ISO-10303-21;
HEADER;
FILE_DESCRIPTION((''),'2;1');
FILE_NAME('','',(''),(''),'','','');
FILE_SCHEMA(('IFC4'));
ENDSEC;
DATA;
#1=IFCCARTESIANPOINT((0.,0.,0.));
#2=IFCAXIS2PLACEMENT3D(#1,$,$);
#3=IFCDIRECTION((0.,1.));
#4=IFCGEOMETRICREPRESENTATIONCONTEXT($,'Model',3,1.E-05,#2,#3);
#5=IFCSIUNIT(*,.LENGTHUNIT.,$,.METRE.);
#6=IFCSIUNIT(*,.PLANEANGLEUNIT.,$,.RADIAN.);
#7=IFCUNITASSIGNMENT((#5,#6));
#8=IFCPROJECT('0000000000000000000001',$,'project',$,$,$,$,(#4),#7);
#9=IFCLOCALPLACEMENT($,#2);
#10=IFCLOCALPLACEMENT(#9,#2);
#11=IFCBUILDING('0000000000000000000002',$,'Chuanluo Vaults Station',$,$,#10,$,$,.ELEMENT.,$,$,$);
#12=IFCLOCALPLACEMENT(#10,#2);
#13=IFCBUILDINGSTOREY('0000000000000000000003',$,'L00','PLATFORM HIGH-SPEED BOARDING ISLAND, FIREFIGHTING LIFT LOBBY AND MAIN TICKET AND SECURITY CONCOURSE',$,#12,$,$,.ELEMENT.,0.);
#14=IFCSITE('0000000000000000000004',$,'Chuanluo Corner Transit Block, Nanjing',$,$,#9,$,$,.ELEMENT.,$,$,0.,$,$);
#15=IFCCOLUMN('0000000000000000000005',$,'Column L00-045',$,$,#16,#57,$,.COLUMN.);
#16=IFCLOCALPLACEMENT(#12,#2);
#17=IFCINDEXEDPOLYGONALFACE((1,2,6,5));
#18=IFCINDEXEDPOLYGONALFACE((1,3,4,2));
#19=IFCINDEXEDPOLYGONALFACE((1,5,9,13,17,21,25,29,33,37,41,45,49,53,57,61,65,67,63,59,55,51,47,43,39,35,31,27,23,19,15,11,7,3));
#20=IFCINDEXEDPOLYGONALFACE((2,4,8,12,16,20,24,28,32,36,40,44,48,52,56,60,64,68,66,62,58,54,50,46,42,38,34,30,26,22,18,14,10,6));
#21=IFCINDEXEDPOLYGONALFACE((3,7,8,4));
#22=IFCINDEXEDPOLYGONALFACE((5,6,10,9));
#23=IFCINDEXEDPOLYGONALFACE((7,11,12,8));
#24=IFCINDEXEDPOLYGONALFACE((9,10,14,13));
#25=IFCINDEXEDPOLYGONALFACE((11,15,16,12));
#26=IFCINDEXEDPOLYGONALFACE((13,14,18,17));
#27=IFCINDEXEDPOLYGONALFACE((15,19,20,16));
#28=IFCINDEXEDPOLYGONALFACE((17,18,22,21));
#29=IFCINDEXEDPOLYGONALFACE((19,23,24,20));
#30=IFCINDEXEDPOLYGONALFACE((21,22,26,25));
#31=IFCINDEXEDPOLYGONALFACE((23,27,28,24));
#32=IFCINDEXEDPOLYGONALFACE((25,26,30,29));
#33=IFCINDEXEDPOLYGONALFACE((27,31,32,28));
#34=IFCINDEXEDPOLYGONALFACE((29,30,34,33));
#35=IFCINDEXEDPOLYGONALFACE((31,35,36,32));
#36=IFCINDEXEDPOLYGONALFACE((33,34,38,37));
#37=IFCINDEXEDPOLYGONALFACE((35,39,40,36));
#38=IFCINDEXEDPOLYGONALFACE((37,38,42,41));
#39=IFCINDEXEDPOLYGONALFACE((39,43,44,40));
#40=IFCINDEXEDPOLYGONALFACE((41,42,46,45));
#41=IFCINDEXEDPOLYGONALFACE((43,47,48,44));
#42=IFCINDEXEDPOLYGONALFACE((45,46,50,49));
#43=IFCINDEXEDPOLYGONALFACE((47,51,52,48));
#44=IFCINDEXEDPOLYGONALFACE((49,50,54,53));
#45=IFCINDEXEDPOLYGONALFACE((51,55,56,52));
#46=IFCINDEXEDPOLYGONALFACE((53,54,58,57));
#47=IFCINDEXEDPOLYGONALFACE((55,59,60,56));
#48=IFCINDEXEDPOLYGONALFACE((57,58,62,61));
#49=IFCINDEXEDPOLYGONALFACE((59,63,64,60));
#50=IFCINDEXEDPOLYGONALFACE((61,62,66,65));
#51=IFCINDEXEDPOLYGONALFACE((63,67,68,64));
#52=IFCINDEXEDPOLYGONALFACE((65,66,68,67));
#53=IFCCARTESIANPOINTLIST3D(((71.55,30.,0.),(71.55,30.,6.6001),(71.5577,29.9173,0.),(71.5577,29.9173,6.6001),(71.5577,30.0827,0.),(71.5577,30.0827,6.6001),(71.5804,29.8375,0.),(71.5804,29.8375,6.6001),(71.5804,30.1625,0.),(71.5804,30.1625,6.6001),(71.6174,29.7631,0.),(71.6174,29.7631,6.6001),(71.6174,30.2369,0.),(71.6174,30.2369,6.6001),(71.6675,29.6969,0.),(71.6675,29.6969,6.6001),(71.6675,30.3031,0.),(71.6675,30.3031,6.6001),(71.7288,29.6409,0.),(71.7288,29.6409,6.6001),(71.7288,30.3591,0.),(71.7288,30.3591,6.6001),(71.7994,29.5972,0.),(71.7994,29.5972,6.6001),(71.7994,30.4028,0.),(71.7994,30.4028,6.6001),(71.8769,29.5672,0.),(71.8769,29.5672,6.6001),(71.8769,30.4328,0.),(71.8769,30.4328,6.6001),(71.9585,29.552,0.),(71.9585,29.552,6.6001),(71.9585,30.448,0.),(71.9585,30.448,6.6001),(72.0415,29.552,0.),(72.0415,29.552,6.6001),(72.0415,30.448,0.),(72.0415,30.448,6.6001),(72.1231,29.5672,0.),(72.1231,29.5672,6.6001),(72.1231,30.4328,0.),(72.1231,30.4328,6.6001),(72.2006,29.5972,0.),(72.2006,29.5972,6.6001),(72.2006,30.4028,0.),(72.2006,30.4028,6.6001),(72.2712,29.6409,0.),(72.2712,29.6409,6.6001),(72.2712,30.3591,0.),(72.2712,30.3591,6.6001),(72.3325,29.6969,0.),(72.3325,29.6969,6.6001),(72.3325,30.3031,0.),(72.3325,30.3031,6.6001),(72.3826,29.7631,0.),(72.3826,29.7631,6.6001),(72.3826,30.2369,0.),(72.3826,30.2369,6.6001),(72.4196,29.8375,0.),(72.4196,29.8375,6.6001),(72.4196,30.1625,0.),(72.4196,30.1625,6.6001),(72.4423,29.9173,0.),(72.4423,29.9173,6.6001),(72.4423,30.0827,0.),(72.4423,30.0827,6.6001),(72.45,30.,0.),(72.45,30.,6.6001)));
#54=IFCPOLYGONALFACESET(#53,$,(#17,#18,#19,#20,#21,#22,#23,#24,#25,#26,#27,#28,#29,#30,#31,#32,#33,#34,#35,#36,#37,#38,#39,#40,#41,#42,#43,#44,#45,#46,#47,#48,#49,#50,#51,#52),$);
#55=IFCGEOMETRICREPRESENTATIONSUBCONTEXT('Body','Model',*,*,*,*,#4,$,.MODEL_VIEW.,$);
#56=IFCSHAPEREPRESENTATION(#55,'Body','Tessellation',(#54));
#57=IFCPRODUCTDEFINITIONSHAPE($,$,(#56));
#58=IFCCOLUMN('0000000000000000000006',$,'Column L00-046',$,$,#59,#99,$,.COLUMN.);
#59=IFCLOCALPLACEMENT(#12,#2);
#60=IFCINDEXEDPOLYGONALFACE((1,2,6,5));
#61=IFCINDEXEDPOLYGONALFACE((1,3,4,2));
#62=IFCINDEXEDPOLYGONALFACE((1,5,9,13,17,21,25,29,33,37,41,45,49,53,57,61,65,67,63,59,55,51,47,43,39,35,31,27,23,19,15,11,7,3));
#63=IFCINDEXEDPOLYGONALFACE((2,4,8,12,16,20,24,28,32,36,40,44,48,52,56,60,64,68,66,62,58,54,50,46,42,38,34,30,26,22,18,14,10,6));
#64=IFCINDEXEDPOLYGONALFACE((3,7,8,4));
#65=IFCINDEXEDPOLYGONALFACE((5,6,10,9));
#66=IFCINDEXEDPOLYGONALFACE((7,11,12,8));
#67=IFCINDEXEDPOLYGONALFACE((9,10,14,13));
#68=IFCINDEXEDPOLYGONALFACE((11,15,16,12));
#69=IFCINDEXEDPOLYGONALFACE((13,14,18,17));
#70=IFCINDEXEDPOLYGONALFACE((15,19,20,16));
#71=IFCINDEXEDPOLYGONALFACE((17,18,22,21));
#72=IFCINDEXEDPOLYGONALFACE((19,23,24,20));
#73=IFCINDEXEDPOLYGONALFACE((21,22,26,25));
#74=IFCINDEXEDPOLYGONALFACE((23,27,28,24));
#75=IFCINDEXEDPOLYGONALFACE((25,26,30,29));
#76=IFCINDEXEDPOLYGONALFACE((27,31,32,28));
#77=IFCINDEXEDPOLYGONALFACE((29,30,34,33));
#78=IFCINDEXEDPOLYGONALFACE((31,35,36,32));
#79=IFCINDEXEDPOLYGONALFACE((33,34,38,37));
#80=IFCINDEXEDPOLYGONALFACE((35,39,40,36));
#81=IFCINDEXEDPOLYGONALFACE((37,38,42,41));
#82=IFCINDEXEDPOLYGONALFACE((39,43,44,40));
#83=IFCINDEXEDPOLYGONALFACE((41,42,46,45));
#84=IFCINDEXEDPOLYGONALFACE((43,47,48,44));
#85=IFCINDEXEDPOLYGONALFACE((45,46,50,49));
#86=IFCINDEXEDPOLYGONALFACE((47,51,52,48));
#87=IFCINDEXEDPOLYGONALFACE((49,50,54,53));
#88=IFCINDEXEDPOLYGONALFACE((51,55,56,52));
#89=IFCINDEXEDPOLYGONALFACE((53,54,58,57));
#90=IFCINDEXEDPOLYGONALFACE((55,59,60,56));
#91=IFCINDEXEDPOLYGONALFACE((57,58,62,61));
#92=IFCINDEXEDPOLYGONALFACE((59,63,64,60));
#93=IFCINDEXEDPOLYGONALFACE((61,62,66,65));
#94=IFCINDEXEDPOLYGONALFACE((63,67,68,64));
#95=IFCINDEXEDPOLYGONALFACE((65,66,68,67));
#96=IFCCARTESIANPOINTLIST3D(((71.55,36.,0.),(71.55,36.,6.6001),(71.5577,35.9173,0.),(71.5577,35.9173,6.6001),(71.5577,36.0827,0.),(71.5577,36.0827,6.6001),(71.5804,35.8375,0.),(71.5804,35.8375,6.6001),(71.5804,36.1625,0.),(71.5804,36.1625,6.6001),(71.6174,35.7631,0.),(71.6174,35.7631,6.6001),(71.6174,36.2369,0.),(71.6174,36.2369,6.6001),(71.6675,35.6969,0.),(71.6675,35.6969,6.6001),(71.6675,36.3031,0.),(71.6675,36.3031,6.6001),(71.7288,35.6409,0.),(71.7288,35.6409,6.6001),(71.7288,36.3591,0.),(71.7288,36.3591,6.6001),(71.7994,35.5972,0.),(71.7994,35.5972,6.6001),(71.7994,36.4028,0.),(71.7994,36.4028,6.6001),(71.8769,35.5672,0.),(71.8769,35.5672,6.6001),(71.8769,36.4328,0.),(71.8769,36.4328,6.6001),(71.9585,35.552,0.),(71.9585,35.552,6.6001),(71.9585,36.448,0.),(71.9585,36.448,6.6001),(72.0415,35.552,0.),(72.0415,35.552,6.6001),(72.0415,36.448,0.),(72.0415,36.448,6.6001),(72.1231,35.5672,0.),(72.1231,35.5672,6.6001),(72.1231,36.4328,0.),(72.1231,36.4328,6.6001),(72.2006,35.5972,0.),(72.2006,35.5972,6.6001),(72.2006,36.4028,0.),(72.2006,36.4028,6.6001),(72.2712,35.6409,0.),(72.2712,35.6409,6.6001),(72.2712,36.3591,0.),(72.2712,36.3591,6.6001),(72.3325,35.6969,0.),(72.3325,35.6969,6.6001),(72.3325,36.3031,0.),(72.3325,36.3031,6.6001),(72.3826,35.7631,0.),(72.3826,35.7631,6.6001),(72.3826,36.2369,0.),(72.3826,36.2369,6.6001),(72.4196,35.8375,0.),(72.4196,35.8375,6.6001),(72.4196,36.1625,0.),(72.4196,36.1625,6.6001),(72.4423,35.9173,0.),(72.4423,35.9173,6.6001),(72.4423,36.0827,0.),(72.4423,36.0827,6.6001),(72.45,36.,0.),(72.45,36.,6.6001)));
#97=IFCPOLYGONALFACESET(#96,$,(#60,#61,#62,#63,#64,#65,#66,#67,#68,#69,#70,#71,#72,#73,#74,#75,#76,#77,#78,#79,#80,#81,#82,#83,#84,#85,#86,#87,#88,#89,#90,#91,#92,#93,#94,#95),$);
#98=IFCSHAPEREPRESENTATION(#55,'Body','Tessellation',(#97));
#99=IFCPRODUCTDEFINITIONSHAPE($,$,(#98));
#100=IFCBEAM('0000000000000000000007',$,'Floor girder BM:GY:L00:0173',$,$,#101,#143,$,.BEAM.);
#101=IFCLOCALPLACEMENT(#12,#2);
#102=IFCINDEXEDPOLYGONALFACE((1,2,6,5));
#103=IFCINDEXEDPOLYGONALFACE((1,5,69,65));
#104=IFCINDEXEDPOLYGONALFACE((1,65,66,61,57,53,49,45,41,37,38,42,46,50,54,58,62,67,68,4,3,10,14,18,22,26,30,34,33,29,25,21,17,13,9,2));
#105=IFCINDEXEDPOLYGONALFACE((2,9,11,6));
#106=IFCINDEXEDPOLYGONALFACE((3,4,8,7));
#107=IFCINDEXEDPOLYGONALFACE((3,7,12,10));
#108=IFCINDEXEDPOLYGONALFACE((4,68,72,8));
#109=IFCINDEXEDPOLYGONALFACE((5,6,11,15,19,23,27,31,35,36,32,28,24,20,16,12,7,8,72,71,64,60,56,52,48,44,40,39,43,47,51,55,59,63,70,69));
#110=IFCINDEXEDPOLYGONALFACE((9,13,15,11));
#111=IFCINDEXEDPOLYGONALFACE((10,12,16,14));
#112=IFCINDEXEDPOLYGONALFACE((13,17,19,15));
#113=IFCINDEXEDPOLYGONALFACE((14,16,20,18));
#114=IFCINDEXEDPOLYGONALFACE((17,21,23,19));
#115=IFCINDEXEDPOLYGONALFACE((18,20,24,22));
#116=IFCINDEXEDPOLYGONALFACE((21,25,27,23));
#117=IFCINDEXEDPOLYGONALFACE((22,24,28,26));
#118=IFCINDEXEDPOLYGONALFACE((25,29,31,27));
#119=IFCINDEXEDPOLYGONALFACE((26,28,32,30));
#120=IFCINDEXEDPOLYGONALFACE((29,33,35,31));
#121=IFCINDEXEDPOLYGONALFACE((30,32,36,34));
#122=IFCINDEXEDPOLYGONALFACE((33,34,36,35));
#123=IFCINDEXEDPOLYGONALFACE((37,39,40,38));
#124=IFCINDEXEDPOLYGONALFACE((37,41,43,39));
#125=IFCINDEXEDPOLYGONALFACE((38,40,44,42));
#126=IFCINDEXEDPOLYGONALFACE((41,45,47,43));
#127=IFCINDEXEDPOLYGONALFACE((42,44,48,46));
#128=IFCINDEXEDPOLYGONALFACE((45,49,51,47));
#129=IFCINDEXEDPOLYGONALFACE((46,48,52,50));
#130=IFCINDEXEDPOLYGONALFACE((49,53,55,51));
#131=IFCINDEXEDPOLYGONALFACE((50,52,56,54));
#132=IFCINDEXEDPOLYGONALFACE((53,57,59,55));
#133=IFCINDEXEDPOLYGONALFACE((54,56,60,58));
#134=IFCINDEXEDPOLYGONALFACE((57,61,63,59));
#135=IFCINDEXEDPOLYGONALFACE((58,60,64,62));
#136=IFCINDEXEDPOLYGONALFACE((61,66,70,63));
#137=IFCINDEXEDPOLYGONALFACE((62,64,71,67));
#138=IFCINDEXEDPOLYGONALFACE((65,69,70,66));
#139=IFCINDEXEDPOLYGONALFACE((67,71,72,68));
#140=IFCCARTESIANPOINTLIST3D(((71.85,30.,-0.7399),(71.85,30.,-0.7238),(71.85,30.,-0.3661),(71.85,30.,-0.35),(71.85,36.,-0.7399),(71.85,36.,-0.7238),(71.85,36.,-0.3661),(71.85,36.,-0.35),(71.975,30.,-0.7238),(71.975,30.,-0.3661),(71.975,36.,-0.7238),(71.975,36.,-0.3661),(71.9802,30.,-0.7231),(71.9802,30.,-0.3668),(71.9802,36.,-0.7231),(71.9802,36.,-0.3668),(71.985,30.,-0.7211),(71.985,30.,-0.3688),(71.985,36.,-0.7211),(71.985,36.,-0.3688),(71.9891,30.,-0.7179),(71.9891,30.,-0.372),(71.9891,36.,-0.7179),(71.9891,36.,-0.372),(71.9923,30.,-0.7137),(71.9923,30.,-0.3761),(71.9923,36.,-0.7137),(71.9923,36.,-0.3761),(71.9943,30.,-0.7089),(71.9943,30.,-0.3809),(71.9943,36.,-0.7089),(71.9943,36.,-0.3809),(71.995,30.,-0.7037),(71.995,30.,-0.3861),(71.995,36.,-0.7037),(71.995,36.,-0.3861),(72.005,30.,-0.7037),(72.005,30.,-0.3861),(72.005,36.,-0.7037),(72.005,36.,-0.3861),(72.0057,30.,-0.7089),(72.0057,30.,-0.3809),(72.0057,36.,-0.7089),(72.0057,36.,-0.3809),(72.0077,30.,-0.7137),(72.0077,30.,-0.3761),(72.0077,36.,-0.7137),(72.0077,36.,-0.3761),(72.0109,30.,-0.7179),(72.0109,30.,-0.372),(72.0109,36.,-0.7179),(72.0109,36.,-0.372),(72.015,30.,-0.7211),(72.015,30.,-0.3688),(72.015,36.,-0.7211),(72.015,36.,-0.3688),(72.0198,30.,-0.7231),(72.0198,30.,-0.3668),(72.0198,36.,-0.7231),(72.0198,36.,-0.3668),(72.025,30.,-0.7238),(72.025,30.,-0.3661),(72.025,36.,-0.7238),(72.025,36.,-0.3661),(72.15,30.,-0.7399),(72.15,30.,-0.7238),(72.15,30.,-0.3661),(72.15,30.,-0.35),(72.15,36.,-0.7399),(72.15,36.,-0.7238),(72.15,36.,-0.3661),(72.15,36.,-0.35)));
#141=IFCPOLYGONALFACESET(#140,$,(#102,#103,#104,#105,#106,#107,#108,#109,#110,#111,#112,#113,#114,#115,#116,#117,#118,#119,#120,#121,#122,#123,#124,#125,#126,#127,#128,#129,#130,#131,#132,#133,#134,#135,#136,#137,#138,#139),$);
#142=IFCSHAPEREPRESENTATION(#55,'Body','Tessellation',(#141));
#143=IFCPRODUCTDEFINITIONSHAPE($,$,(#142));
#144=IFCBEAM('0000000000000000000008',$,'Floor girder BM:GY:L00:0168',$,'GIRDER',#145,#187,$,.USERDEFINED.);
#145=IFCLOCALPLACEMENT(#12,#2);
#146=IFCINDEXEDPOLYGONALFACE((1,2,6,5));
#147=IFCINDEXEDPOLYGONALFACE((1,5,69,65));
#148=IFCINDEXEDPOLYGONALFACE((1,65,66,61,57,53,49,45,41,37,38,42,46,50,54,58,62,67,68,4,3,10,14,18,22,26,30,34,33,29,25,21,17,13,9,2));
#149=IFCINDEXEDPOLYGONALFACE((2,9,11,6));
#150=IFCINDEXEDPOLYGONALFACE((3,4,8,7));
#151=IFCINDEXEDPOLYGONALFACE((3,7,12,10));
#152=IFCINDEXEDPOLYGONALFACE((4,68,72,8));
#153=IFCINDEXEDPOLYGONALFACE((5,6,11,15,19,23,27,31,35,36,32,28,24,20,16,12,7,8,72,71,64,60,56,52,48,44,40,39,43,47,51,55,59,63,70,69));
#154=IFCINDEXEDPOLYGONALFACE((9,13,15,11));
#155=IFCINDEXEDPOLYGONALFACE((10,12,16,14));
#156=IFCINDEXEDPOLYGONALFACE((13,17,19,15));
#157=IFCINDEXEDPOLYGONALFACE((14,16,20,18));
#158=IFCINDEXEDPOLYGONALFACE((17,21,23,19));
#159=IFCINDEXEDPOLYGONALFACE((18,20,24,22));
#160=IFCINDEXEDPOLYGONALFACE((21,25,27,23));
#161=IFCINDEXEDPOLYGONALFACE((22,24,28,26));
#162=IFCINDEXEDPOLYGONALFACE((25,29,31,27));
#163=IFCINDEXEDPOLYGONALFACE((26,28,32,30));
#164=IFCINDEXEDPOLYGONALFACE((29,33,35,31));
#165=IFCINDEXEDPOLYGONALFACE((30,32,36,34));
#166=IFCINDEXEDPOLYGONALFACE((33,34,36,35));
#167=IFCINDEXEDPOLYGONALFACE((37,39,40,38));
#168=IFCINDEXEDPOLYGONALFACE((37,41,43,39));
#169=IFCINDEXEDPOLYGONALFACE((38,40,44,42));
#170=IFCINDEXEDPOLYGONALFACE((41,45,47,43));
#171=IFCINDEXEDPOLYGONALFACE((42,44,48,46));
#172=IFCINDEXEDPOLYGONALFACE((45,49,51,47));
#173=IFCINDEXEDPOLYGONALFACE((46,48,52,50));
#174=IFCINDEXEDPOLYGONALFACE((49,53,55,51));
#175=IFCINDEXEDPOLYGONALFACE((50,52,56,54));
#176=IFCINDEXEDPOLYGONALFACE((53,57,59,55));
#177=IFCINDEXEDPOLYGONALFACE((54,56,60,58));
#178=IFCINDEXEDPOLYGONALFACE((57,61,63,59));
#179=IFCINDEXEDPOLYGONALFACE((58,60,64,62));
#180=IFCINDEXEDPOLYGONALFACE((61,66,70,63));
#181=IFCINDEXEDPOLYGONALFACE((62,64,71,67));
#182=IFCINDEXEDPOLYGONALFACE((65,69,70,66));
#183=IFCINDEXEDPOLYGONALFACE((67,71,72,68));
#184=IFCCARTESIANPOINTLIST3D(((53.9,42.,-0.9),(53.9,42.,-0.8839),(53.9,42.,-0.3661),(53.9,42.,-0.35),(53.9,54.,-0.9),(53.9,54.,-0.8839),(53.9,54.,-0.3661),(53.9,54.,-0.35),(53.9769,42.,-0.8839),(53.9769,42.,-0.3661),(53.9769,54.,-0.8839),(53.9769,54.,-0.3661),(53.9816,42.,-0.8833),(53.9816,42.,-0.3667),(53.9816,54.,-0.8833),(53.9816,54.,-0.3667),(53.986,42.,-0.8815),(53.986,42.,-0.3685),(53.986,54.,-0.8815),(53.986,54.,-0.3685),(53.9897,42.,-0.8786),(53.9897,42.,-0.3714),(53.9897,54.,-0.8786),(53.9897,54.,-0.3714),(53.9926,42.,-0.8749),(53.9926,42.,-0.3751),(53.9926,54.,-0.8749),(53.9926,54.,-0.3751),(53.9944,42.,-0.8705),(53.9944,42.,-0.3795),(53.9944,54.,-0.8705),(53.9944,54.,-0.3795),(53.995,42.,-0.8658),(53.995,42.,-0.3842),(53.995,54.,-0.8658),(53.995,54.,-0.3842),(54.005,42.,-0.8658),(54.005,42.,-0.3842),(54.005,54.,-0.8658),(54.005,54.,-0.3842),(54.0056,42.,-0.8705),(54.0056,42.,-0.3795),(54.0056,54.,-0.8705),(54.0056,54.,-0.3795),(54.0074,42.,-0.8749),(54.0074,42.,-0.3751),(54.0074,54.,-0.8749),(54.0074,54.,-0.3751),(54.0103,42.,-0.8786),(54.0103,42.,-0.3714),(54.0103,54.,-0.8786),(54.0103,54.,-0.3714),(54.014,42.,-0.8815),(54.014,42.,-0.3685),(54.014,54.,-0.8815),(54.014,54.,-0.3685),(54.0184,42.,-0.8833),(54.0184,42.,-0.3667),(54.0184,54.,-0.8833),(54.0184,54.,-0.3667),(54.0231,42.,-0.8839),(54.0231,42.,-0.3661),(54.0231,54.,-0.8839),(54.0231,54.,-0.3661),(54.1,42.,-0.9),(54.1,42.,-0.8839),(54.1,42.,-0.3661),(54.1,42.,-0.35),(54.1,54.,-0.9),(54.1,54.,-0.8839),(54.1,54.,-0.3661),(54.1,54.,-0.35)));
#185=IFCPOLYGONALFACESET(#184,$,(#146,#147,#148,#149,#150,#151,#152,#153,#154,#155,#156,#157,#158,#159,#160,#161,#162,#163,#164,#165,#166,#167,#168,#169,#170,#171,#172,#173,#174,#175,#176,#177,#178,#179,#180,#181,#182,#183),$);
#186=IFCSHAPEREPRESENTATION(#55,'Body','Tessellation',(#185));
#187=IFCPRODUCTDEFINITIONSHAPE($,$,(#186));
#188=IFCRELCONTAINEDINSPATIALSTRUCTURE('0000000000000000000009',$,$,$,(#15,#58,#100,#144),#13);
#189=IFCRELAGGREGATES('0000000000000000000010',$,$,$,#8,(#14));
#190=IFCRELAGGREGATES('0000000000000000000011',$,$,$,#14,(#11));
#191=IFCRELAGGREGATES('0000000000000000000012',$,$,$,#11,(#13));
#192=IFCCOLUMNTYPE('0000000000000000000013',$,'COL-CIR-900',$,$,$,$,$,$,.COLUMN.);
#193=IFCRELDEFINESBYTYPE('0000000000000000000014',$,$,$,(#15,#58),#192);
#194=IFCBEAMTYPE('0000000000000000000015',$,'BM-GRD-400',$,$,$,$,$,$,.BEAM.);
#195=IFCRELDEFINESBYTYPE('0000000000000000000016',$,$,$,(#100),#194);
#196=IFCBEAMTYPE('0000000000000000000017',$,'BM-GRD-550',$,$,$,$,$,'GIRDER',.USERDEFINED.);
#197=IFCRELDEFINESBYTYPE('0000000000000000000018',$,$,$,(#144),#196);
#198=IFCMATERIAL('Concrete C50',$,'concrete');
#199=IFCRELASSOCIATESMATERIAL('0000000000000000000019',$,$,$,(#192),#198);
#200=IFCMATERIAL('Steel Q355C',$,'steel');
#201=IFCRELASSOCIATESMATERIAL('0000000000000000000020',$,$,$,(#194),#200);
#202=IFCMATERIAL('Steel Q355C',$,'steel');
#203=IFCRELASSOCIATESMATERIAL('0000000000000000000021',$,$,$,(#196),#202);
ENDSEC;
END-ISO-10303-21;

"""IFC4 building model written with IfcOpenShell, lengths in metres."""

from ifc_helpers import new_model, si_unit, direction, frame, origin, origin_2d, place, context, subcontext, project, spatial, circle, i_section, extrude, material, material_profile, profile_set, type_object, element, save


model = new_model("IFC4")

# Units and contexts
model_context = context("Model", 3, precision=1e-05, world=origin(), true_north=direction((0.0, 1.0)))
body_context = subcontext(model_context, "Body", "Model", "MODEL_VIEW")
ifc_project = project(units=[si_unit("LENGTHUNIT", "METRE"), si_unit("PLANEANGLEUNIT", "RADIAN")], contexts=[model_context])

# Site, building, storey
site_placement = place(None, origin())
site = spatial("IfcSite", under=ifc_project, at=site_placement, Name="Chuanluo Corner Transit Block, Nanjing", CompositionType="ELEMENT", RefElevation=0.0)
building_placement = place(site_placement, origin())
building = spatial("IfcBuilding", under=site, at=building_placement, Name="Chuanluo Vaults Station", CompositionType="ELEMENT")
storey_placement = place(building_placement, origin())
storey = spatial("IfcBuildingStorey", under=building, at=storey_placement, Name="L00", Description="PLATFORM HIGH-SPEED BOARDING ISLAND, FIREFIGHTING LIFT LOBBY AND MAIN TICKET AND SECURITY CONCOURSE", CompositionType="ELEMENT", Elevation=0.0)

# Columns
ifc_material_1 = material(Name="Concrete C50", Category="concrete")
ifc_material_profile_1 = material_profile(ifc_material_1, circle(Radius=0.45, at=origin_2d()))
ifc_profile_set_1 = profile_set([ifc_material_profile_1], Name="Concrete C50")
column_type = type_object("IfcColumnType", Name="COL-CIR-900", PredefinedType="COLUMN", material=ifc_profile_set_1)
for number, where, z_axis, x_axis, name in (
    (1, (72.0, 30.0, 0.0), (0.0, 0.0, 1.0), (1.0, 0.0, 0.0), "Column L00-045"),
    (2, (72.0, 36.0, 0.0), (0.0, 0.0, 1.0), (1.0, 0.0, 0.0), "Column L00-046"),
):
    element("IfcColumn", number, at=place(storey_placement, frame(where, z_axis=z_axis, x_axis=x_axis)), inside=storey, type_object=column_type, Name=name, PredefinedType="COLUMN", context=body_context, shape_type="SweptSolid", body=[
        extrude(circle(Radius=0.45, at=origin_2d()), origin(), (0.0, 0.0, 1.0), 6.6001),
    ])

# Beams
ifc_material_2 = material(Name="Steel Q355C", Category="steel")
ifc_material_profile_2 = material_profile(ifc_material_2, i_section(OverallWidth=0.3, OverallDepth=0.3899, WebThickness=0.01, FlangeThickness=0.0161, FilletRadius=0.02, at=origin_2d()))
ifc_profile_set_2 = profile_set([ifc_material_profile_2], Name="Steel Q355C")
beam_type_1 = type_object("IfcBeamType", Name="BM-GRD-400", PredefinedType="BEAM", material=ifc_profile_set_2)
beam_1_placement = place(storey_placement, frame((72.0, 30.0, -0.5449), z_axis=(0.0, 1.0, 0.0), x_axis=(-1.0, 0.0, 0.0)))
element("IfcBeam", 3, at=beam_1_placement, inside=storey, type_object=beam_type_1, Name="Floor girder BM:GY:L00:0173", PredefinedType="BEAM", context=body_context, shape_type="SweptSolid", body=[
    extrude(i_section(OverallWidth=0.3, OverallDepth=0.3899, WebThickness=0.01, FlangeThickness=0.0161, FilletRadius=0.02, at=origin_2d()), origin(), (0.0, 0.0, 1.0), 6.0),
])
ifc_material_3 = material(Name="Steel Q355C", Category="steel")
ifc_material_profile_3 = material_profile(ifc_material_3, i_section(OverallWidth=0.2, OverallDepth=0.55, WebThickness=0.01, FlangeThickness=0.0161, FilletRadius=0.0181, at=origin_2d()))
ifc_profile_set_3 = profile_set([ifc_material_profile_3], Name="Steel Q355C")
beam_type_2 = type_object("IfcBeamType", Name="BM-GRD-550", ElementType="GIRDER", PredefinedType="USERDEFINED", material=ifc_profile_set_3)
beam_2_placement = place(storey_placement, frame((54.0, 42.0, -0.625), z_axis=(0.0, 1.0, 0.0), x_axis=(-1.0, 0.0, 0.0)))
element("IfcBeam", 4, at=beam_2_placement, inside=storey, type_object=beam_type_2, Name="Floor girder BM:GY:L00:0168", ObjectType="GIRDER", PredefinedType="USERDEFINED", context=body_context, shape_type="SweptSolid", body=[
    extrude(i_section(OverallWidth=0.2, OverallDepth=0.55, WebThickness=0.01, FlangeThickness=0.0161, FilletRadius=0.0181, at=origin_2d()), origin(), (0.0, 0.0, 1.0), 12.0),
])

save(model, "model.ifc")
